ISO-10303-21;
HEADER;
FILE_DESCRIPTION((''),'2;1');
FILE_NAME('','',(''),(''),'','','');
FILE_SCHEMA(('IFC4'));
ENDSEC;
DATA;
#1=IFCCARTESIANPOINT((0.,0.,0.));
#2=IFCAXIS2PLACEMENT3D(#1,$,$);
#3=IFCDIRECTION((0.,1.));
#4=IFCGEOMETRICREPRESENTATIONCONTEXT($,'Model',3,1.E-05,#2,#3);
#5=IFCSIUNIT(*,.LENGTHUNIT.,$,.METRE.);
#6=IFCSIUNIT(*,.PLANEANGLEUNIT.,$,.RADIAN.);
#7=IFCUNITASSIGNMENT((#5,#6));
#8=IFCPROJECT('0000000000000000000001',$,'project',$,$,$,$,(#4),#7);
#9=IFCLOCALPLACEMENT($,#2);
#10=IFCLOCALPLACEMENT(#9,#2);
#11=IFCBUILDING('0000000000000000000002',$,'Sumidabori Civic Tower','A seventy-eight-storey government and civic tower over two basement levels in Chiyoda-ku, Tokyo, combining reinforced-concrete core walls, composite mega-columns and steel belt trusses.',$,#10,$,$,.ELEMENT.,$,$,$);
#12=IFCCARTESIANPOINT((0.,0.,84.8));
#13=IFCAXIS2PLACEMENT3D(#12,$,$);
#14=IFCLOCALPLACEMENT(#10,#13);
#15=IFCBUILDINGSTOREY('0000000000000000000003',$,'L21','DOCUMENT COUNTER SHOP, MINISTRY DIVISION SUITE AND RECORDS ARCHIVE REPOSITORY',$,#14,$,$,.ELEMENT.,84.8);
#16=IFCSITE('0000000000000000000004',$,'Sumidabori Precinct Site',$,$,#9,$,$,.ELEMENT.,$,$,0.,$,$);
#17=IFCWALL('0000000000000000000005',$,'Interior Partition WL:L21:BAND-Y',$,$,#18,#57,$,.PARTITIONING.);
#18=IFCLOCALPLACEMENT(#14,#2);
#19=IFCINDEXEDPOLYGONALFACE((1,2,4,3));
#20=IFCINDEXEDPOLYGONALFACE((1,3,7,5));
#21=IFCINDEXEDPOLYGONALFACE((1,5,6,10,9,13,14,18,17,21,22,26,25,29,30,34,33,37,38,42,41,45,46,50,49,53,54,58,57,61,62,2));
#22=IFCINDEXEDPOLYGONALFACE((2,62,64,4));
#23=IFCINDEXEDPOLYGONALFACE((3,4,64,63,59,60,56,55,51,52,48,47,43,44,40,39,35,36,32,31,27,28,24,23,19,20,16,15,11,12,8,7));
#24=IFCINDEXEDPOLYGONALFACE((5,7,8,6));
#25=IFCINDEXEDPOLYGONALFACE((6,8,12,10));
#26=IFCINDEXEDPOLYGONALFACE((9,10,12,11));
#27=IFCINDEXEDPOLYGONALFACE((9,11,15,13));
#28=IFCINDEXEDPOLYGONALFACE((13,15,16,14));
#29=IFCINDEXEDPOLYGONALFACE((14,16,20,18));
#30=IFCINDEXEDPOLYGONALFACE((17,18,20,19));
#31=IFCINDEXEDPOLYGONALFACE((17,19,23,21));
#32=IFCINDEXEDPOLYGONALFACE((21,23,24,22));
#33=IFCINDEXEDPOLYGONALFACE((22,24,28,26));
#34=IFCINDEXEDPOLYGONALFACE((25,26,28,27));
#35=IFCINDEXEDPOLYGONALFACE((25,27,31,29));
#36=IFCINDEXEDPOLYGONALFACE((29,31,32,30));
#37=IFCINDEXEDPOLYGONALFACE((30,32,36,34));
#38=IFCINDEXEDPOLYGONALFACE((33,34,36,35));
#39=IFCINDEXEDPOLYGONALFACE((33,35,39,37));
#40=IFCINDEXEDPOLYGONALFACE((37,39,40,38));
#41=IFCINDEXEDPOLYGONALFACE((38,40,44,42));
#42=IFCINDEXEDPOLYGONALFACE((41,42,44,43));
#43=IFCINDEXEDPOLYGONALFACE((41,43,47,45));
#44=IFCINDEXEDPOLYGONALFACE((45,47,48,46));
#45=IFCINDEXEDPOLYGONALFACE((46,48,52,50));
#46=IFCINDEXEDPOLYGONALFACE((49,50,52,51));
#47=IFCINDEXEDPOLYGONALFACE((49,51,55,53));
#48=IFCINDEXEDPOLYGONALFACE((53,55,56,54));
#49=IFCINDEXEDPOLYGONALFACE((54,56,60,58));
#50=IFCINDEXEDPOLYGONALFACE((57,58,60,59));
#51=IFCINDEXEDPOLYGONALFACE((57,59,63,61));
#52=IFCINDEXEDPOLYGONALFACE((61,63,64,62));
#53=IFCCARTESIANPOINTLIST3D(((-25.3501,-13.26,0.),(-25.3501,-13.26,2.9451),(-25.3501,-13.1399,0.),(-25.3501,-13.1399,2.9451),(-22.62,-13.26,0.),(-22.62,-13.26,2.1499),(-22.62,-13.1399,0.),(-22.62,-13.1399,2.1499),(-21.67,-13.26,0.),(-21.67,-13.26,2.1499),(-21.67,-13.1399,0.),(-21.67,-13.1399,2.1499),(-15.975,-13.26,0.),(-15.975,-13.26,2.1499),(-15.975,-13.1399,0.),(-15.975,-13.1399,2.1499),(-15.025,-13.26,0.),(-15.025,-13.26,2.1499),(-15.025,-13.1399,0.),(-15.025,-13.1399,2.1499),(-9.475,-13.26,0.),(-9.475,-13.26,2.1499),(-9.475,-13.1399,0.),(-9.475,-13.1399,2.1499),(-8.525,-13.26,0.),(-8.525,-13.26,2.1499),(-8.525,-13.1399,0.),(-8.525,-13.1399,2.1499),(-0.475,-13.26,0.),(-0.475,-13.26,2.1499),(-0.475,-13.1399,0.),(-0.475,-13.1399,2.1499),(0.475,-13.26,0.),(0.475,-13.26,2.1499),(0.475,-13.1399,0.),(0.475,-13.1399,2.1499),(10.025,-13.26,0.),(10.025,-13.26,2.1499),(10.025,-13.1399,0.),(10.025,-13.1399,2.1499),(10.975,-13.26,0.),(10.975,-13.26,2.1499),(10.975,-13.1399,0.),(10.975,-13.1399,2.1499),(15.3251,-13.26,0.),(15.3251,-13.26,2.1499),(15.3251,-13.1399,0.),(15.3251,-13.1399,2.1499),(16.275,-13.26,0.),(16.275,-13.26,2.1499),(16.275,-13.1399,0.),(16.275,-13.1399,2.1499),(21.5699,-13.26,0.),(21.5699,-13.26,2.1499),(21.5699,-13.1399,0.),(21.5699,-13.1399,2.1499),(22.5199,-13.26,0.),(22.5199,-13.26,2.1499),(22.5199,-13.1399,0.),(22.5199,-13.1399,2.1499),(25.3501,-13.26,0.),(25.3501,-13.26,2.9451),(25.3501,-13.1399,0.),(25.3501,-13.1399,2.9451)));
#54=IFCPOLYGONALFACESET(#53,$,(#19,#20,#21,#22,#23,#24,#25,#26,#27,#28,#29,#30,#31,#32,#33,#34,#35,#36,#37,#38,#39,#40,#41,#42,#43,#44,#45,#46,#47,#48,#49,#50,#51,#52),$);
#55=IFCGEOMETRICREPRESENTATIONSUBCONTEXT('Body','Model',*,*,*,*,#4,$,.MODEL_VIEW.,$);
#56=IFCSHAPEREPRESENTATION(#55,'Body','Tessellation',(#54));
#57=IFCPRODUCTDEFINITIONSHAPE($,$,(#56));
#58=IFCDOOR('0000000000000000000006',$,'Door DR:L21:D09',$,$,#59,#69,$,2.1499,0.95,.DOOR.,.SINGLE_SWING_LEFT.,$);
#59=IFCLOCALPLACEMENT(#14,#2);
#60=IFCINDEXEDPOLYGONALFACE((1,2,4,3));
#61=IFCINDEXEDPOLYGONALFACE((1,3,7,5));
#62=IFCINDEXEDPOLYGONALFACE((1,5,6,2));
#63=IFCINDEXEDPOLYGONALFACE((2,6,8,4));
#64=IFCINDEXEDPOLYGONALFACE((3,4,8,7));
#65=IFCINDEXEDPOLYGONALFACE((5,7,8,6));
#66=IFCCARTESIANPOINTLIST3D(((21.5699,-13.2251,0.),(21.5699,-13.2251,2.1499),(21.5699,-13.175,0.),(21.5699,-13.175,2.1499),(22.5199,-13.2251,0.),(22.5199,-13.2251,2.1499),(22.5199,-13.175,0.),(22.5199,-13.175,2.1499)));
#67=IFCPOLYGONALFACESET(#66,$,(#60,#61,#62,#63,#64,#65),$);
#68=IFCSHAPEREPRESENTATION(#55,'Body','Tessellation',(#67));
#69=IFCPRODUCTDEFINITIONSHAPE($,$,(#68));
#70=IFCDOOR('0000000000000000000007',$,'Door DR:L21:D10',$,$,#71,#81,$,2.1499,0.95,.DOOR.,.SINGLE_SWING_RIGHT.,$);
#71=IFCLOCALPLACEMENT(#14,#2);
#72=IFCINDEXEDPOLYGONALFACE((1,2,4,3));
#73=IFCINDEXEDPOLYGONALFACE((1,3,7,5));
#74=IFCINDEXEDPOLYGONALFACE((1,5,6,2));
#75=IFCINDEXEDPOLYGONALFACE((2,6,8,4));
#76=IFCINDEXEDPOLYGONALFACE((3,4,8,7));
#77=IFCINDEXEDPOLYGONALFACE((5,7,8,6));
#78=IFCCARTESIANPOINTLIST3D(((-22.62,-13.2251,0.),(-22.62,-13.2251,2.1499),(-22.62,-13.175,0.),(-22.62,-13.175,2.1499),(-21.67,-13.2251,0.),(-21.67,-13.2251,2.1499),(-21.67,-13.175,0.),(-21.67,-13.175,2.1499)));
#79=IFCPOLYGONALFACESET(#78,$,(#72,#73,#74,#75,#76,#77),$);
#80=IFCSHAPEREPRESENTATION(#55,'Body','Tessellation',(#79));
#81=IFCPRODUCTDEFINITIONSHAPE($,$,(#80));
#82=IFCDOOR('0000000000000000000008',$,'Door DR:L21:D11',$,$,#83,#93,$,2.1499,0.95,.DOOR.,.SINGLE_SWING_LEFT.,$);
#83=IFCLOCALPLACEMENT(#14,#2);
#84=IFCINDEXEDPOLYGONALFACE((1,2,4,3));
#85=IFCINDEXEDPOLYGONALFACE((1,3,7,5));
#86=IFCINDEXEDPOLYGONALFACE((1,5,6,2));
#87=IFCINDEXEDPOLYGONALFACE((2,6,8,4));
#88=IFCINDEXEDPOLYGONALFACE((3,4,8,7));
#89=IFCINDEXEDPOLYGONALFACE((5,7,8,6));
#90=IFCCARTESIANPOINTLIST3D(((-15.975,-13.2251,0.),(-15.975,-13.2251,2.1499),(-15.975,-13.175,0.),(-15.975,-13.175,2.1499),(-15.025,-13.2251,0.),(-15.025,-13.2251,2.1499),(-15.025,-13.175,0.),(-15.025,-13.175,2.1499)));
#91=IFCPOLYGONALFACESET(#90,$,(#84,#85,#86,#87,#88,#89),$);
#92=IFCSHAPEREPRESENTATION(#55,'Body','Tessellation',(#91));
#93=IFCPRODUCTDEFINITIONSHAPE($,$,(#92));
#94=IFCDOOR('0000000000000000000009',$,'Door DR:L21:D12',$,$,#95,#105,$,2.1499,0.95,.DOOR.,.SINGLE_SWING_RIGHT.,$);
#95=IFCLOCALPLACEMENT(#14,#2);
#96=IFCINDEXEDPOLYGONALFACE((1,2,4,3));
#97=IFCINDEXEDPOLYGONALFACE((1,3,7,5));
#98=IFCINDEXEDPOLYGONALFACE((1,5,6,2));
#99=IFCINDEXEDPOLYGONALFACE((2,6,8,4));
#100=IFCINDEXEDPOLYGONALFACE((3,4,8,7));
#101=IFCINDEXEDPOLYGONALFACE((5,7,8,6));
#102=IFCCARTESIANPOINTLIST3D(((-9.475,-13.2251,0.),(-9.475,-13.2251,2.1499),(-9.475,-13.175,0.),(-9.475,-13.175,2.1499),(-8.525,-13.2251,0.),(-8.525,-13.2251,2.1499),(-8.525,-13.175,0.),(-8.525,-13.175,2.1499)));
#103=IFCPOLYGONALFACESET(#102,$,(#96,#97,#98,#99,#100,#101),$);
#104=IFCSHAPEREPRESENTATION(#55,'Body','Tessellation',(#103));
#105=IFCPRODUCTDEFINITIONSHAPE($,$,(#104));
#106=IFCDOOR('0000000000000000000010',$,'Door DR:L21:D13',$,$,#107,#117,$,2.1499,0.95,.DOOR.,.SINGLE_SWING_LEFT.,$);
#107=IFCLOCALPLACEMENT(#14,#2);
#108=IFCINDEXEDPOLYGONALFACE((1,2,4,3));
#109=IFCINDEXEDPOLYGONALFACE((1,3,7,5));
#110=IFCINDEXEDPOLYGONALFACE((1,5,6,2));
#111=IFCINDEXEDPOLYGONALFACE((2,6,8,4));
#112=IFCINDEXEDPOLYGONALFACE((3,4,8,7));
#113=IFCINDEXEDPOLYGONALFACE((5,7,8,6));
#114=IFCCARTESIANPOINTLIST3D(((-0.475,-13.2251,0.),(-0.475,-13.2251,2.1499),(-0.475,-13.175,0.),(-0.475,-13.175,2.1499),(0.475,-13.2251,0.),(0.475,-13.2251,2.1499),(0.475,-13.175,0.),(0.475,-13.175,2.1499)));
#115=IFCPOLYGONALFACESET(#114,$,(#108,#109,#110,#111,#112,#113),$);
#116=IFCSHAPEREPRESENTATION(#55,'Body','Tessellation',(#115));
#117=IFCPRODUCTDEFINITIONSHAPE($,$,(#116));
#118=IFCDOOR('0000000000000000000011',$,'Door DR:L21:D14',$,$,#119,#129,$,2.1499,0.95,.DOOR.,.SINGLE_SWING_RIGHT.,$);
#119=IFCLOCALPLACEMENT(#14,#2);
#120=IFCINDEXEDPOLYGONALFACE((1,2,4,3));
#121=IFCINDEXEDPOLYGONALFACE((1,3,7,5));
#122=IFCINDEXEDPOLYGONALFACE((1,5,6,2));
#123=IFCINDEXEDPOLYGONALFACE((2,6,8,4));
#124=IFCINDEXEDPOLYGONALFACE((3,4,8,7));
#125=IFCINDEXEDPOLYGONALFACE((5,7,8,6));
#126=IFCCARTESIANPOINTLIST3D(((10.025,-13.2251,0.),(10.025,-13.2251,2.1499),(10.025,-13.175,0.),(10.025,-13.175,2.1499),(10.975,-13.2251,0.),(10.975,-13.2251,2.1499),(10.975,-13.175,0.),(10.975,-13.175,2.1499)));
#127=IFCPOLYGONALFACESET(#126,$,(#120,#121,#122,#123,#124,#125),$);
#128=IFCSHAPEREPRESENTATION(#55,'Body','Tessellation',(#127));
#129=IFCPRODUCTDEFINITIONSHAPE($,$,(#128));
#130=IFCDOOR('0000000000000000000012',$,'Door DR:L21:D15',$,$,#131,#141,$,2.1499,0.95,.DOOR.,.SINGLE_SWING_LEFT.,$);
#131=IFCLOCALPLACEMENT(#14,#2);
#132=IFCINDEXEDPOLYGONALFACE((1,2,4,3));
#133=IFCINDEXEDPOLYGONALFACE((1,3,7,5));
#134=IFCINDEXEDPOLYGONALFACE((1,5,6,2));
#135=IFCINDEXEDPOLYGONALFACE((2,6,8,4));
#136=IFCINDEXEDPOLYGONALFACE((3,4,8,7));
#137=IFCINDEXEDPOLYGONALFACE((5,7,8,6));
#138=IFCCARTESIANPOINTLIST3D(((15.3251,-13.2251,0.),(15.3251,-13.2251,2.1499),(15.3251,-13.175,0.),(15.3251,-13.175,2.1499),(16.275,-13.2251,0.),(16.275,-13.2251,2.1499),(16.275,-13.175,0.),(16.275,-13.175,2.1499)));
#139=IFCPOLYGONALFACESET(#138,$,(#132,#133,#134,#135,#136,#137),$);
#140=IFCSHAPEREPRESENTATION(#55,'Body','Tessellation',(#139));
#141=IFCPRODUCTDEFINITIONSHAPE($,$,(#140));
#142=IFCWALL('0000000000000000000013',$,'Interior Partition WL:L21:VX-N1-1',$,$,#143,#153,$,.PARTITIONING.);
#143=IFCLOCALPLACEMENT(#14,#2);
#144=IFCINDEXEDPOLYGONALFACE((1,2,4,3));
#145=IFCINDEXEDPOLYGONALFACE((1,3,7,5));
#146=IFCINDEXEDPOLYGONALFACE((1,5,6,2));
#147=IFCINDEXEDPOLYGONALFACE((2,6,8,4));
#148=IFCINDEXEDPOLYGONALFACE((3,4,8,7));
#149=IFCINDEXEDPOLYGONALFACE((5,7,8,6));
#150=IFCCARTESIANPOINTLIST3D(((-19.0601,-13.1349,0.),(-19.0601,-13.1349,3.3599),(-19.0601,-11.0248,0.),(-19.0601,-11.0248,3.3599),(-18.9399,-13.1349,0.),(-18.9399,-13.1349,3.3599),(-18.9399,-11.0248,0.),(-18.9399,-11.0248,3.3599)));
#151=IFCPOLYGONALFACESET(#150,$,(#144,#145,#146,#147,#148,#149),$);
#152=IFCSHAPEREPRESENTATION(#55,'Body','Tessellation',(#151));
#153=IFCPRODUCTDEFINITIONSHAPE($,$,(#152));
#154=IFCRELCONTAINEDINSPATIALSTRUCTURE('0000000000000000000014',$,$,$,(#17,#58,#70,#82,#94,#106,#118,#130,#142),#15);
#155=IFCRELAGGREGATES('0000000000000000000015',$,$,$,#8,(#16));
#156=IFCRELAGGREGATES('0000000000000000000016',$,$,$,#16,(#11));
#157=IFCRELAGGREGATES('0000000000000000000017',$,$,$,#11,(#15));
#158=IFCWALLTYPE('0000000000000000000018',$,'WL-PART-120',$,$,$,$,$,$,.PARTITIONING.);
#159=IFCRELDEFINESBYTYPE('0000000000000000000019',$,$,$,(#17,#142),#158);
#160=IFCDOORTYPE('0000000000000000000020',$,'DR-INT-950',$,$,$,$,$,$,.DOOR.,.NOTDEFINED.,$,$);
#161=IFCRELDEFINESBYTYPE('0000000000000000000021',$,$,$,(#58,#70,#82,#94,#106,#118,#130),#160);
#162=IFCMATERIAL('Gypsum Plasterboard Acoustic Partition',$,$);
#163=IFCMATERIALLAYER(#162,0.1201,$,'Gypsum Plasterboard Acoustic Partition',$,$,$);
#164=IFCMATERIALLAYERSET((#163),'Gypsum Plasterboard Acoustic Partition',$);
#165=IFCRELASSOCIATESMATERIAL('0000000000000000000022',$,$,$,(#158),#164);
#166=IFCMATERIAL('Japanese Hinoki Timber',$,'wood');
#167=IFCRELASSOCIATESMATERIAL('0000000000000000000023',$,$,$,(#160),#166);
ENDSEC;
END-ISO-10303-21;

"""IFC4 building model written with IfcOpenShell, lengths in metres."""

from ifc_helpers import new_model, si_unit, direction, frame, frame_2d, origin, place, context, subcontext, project, spatial, rectangle, extrude, source, transform, mapped, material, layer, layer_set, type_object, element, fill, save


model = new_model("IFC4")

# Units and contexts
model_context = context("Model", 3, precision=1e-05, world=origin(), true_north=direction((0.0, 1.0)))
body_context = subcontext(model_context, "Body", "Model", "MODEL_VIEW")
ifc_project = project(units=[si_unit("LENGTHUNIT", "METRE"), si_unit("PLANEANGLEUNIT", "RADIAN")], contexts=[model_context])

# Site, building, storey
site_placement = place(None, origin())
site = spatial("IfcSite", under=ifc_project, at=site_placement, Name="Sumidabori Precinct Site", CompositionType="ELEMENT", RefElevation=0.0)
building_placement = place(site_placement, origin())
building = spatial("IfcBuilding", under=site, at=building_placement, Name="Sumidabori Civic Tower", Description="A seventy-eight-storey government and civic tower over two basement levels in Chiyoda-ku, Tokyo, combining reinforced-concrete core walls, composite mega-columns and steel belt trusses.", CompositionType="ELEMENT")
storey_placement = place(building_placement, frame((0.0, 0.0, 84.8)))
storey = spatial("IfcBuildingStorey", under=building, at=storey_placement, Name="L21", Description="DOCUMENT COUNTER SHOP, MINISTRY DIVISION SUITE AND RECORDS ARCHIVE REPOSITORY", CompositionType="ELEMENT", Elevation=84.8)

# Wall, openings, doors
ifc_material_1 = material(Name="Gypsum Plasterboard Acoustic Partition")
ifc_layer_1 = layer(ifc_material_1, 0.1201, Name="Gypsum Plasterboard Acoustic Partition")
ifc_layer_set_1 = layer_set([ifc_layer_1], Name="Gypsum Plasterboard Acoustic Partition")
wall_type_1 = type_object("IfcWallType", Name="WL-PART-120", PredefinedType="PARTITIONING", material=ifc_layer_set_1)
shared_shape_1 = source(origin(), body_context, "Body", "SweptSolid", [
    extrude(rectangle(XDim=50.7002, YDim=0.1201, at=frame_2d((25.3501, 0.0))), origin(), (0.0, 0.0, 1.0), 2.9451),
])
wall_1_placement = place(storey_placement, frame((-25.3501, -13.2, 0.0), z_axis=(0.0, 0.0, 1.0), x_axis=(1.0, 0.0, 0.0)))
wall_1 = element("IfcWall", 1, at=wall_1_placement, inside=storey, type_object=wall_type_1, Name="Interior Partition WL:L21:BAND-Y", PredefinedType="PARTITIONING", context=body_context, shape_type="MappedRepresentation", body=[
    mapped(shared_shape_1, transform((0.0, 0.0, 0.0), x_axis=(1.0, 0.0, 0.0), y_axis=(0.0, 1.0, 0.0), z_axis=(0.0, 0.0, 1.0), scale=1.0)),
])
opening_1_placement = place(wall_1_placement, frame((46.9199, 0.0, 0.0)))
opening_1 = element("IfcOpeningElement", 2, at=opening_1_placement, cuts=wall_1, PredefinedType="OPENING", context=body_context, shape_type="SweptSolid", body=[
    extrude(rectangle(XDim=0.95, YDim=2.1499, at=frame_2d((0.4751, 1.075))), frame((0.0, 0.072, 0.0), z_axis=(0.0, -1.0, 0.0), x_axis=(1.0, 0.0, 0.0)), (0.0, 0.0, 1.0), 0.144),
])
opening_2_placement = place(wall_1_placement, frame((2.73, 0.0, 0.0)))
opening_2 = element("IfcOpeningElement", 3, at=opening_2_placement, cuts=wall_1, PredefinedType="OPENING", context=body_context, shape_type="SweptSolid", body=[
    extrude(rectangle(XDim=0.95, YDim=2.1499, at=frame_2d((0.4751, 1.075))), frame((0.0, 0.072, 0.0), z_axis=(0.0, -1.0, 0.0), x_axis=(1.0, 0.0, 0.0)), (0.0, 0.0, 1.0), 0.144),
])
opening_3_placement = place(wall_1_placement, frame((9.375, 0.0, 0.0)))
opening_3 = element("IfcOpeningElement", 4, at=opening_3_placement, cuts=wall_1, PredefinedType="OPENING", context=body_context, shape_type="SweptSolid", body=[
    extrude(rectangle(XDim=0.95, YDim=2.1499, at=frame_2d((0.4751, 1.075))), frame((0.0, 0.072, 0.0), z_axis=(0.0, -1.0, 0.0), x_axis=(1.0, 0.0, 0.0)), (0.0, 0.0, 1.0), 0.144),
])
opening_4_placement = place(wall_1_placement, frame((15.875, 0.0, 0.0)))
opening_4 = element("IfcOpeningElement", 5, at=opening_4_placement, cuts=wall_1, PredefinedType="OPENING", context=body_context, shape_type="SweptSolid", body=[
    extrude(rectangle(XDim=0.95, YDim=2.1499, at=frame_2d((0.4751, 1.075))), frame((0.0, 0.072, 0.0), z_axis=(0.0, -1.0, 0.0), x_axis=(1.0, 0.0, 0.0)), (0.0, 0.0, 1.0), 0.144),
])
opening_5_placement = place(wall_1_placement, frame((24.875, 0.0, 0.0)))
opening_5 = element("IfcOpeningElement", 6, at=opening_5_placement, cuts=wall_1, PredefinedType="OPENING", context=body_context, shape_type="SweptSolid", body=[
    extrude(rectangle(XDim=0.95, YDim=2.1499, at=frame_2d((0.4751, 1.075))), frame((0.0, 0.072, 0.0), z_axis=(0.0, -1.0, 0.0), x_axis=(1.0, 0.0, 0.0)), (0.0, 0.0, 1.0), 0.144),
])
opening_6_placement = place(wall_1_placement, frame((35.375, 0.0, 0.0)))
opening_6 = element("IfcOpeningElement", 7, at=opening_6_placement, cuts=wall_1, PredefinedType="OPENING", context=body_context, shape_type="SweptSolid", body=[
    extrude(rectangle(XDim=0.95, YDim=2.1499, at=frame_2d((0.4751, 1.075))), frame((0.0, 0.072, 0.0), z_axis=(0.0, -1.0, 0.0), x_axis=(1.0, 0.0, 0.0)), (0.0, 0.0, 1.0), 0.144),
])
opening_7_placement = place(wall_1_placement, frame((40.675, 0.0, 0.0)))
opening_7 = element("IfcOpeningElement", 8, at=opening_7_placement, cuts=wall_1, PredefinedType="OPENING", context=body_context, shape_type="SweptSolid", body=[
    extrude(rectangle(XDim=0.95, YDim=2.1499, at=frame_2d((0.4751, 1.075))), frame((0.0, 0.072, 0.0), z_axis=(0.0, -1.0, 0.0), x_axis=(1.0, 0.0, 0.0)), (0.0, 0.0, 1.0), 0.144),
])
ifc_material_2 = material(Name="Japanese Hinoki Timber", Category="wood")
door_type = type_object("IfcDoorType", Name="DR-INT-950", OperationType="NOTDEFINED", PredefinedType="DOOR", material=ifc_material_2)
shared_shape_2 = source(origin(), body_context, "Body", "SweptSolid", [
    extrude(rectangle(XDim=0.95, YDim=2.1499, at=frame_2d((0.4751, 1.075))), frame((0.0, 0.0249, 0.0), z_axis=(0.0, -1.0, 0.0), x_axis=(1.0, 0.0, 0.0)), (0.0, 0.0, 1.0), 0.05),
])
door_1_placement = place(opening_1_placement, origin())
door_1 = element("IfcDoor", 9, at=door_1_placement, inside=storey, type_object=door_type, Name="Door DR:L21:D09", OperationType="SINGLE_SWING_LEFT", OverallHeight=2.1499, OverallWidth=0.95, PredefinedType="DOOR", context=body_context, shape_type="MappedRepresentation", body=[
    mapped(shared_shape_2, transform((0.0, 0.0, 0.0), x_axis=(1.0, 0.0, 0.0), y_axis=(0.0, 1.0, 0.0), z_axis=(0.0, 0.0, 1.0), scale=1.0)),
])
fill(opening_1, door_1)
door_2_placement = place(opening_2_placement, origin())
door_2 = element("IfcDoor", 10, at=door_2_placement, inside=storey, type_object=door_type, Name="Door DR:L21:D10", OperationType="SINGLE_SWING_RIGHT", OverallHeight=2.1499, OverallWidth=0.95, PredefinedType="DOOR", context=body_context, shape_type="MappedRepresentation", body=[
    mapped(shared_shape_2, transform((0.0, 0.0, 0.0), x_axis=(1.0, 0.0, 0.0), y_axis=(0.0, 1.0, 0.0), z_axis=(0.0, 0.0, 1.0), scale=1.0)),
])
fill(opening_2, door_2)
door_3_placement = place(opening_3_placement, origin())
door_3 = element("IfcDoor", 11, at=door_3_placement, inside=storey, type_object=door_type, Name="Door DR:L21:D11", OperationType="SINGLE_SWING_LEFT", OverallHeight=2.1499, OverallWidth=0.95, PredefinedType="DOOR", context=body_context, shape_type="MappedRepresentation", body=[
    mapped(shared_shape_2, transform((0.0, 0.0, 0.0), x_axis=(1.0, 0.0, 0.0), y_axis=(0.0, 1.0, 0.0), z_axis=(0.0, 0.0, 1.0), scale=1.0)),
])
fill(opening_3, door_3)
door_4_placement = place(opening_4_placement, origin())
door_4 = element("IfcDoor", 12, at=door_4_placement, inside=storey, type_object=door_type, Name="Door DR:L21:D12", OperationType="SINGLE_SWING_RIGHT", OverallHeight=2.1499, OverallWidth=0.95, PredefinedType="DOOR", context=body_context, shape_type="MappedRepresentation", body=[
    mapped(shared_shape_2, transform((0.0, 0.0, 0.0), x_axis=(1.0, 0.0, 0.0), y_axis=(0.0, 1.0, 0.0), z_axis=(0.0, 0.0, 1.0), scale=1.0)),
])
fill(opening_4, door_4)
door_5_placement = place(opening_5_placement, origin())
door_5 = element("IfcDoor", 13, at=door_5_placement, inside=storey, type_object=door_type, Name="Door DR:L21:D13", OperationType="SINGLE_SWING_LEFT", OverallHeight=2.1499, OverallWidth=0.95, PredefinedType="DOOR", context=body_context, shape_type="MappedRepresentation", body=[
    mapped(shared_shape_2, transform((0.0, 0.0, 0.0), x_axis=(1.0, 0.0, 0.0), y_axis=(0.0, 1.0, 0.0), z_axis=(0.0, 0.0, 1.0), scale=1.0)),
])
fill(opening_5, door_5)
door_6_placement = place(opening_6_placement, origin())
door_6 = element("IfcDoor", 14, at=door_6_placement, inside=storey, type_object=door_type, Name="Door DR:L21:D14", OperationType="SINGLE_SWING_RIGHT", OverallHeight=2.1499, OverallWidth=0.95, PredefinedType="DOOR", context=body_context, shape_type="MappedRepresentation", body=[
    mapped(shared_shape_2, transform((0.0, 0.0, 0.0), x_axis=(1.0, 0.0, 0.0), y_axis=(0.0, 1.0, 0.0), z_axis=(0.0, 0.0, 1.0), scale=1.0)),
])
fill(opening_6, door_6)
door_7_placement = place(opening_7_placement, origin())
door_7 = element("IfcDoor", 15, at=door_7_placement, inside=storey, type_object=door_type, Name="Door DR:L21:D15", OperationType="SINGLE_SWING_LEFT", OverallHeight=2.1499, OverallWidth=0.95, PredefinedType="DOOR", context=body_context, shape_type="MappedRepresentation", body=[
    mapped(shared_shape_2, transform((0.0, 0.0, 0.0), x_axis=(1.0, 0.0, 0.0), y_axis=(0.0, 1.0, 0.0), z_axis=(0.0, 0.0, 1.0), scale=1.0)),
])
fill(opening_7, door_7)

# Wall
shared_shape_3 = source(origin(), body_context, "Body", "SweptSolid", [
    extrude(rectangle(XDim=2.1101, YDim=0.1201, at=frame_2d((1.0552, 0.0))), origin(), (0.0, 0.0, 1.0), 3.3599),
])
wall_2_placement = place(storey_placement, frame((-19.0, -13.135, 0.0), z_axis=(0.0, 0.0, 1.0), x_axis=(0.0, 1.0, 0.0)))
element("IfcWall", 16, at=wall_2_placement, inside=storey, type_object=wall_type_1, Name="Interior Partition WL:L21:VX-N1-1", PredefinedType="PARTITIONING", context=body_context, shape_type="MappedRepresentation", body=[
    mapped(shared_shape_3, transform((0.0, 0.0, 0.0), x_axis=(1.0, 0.0, 0.0), y_axis=(0.0, 1.0, 0.0), z_axis=(0.0, 0.0, 1.0), scale=1.0)),
])

save(model, "model.ifc")
